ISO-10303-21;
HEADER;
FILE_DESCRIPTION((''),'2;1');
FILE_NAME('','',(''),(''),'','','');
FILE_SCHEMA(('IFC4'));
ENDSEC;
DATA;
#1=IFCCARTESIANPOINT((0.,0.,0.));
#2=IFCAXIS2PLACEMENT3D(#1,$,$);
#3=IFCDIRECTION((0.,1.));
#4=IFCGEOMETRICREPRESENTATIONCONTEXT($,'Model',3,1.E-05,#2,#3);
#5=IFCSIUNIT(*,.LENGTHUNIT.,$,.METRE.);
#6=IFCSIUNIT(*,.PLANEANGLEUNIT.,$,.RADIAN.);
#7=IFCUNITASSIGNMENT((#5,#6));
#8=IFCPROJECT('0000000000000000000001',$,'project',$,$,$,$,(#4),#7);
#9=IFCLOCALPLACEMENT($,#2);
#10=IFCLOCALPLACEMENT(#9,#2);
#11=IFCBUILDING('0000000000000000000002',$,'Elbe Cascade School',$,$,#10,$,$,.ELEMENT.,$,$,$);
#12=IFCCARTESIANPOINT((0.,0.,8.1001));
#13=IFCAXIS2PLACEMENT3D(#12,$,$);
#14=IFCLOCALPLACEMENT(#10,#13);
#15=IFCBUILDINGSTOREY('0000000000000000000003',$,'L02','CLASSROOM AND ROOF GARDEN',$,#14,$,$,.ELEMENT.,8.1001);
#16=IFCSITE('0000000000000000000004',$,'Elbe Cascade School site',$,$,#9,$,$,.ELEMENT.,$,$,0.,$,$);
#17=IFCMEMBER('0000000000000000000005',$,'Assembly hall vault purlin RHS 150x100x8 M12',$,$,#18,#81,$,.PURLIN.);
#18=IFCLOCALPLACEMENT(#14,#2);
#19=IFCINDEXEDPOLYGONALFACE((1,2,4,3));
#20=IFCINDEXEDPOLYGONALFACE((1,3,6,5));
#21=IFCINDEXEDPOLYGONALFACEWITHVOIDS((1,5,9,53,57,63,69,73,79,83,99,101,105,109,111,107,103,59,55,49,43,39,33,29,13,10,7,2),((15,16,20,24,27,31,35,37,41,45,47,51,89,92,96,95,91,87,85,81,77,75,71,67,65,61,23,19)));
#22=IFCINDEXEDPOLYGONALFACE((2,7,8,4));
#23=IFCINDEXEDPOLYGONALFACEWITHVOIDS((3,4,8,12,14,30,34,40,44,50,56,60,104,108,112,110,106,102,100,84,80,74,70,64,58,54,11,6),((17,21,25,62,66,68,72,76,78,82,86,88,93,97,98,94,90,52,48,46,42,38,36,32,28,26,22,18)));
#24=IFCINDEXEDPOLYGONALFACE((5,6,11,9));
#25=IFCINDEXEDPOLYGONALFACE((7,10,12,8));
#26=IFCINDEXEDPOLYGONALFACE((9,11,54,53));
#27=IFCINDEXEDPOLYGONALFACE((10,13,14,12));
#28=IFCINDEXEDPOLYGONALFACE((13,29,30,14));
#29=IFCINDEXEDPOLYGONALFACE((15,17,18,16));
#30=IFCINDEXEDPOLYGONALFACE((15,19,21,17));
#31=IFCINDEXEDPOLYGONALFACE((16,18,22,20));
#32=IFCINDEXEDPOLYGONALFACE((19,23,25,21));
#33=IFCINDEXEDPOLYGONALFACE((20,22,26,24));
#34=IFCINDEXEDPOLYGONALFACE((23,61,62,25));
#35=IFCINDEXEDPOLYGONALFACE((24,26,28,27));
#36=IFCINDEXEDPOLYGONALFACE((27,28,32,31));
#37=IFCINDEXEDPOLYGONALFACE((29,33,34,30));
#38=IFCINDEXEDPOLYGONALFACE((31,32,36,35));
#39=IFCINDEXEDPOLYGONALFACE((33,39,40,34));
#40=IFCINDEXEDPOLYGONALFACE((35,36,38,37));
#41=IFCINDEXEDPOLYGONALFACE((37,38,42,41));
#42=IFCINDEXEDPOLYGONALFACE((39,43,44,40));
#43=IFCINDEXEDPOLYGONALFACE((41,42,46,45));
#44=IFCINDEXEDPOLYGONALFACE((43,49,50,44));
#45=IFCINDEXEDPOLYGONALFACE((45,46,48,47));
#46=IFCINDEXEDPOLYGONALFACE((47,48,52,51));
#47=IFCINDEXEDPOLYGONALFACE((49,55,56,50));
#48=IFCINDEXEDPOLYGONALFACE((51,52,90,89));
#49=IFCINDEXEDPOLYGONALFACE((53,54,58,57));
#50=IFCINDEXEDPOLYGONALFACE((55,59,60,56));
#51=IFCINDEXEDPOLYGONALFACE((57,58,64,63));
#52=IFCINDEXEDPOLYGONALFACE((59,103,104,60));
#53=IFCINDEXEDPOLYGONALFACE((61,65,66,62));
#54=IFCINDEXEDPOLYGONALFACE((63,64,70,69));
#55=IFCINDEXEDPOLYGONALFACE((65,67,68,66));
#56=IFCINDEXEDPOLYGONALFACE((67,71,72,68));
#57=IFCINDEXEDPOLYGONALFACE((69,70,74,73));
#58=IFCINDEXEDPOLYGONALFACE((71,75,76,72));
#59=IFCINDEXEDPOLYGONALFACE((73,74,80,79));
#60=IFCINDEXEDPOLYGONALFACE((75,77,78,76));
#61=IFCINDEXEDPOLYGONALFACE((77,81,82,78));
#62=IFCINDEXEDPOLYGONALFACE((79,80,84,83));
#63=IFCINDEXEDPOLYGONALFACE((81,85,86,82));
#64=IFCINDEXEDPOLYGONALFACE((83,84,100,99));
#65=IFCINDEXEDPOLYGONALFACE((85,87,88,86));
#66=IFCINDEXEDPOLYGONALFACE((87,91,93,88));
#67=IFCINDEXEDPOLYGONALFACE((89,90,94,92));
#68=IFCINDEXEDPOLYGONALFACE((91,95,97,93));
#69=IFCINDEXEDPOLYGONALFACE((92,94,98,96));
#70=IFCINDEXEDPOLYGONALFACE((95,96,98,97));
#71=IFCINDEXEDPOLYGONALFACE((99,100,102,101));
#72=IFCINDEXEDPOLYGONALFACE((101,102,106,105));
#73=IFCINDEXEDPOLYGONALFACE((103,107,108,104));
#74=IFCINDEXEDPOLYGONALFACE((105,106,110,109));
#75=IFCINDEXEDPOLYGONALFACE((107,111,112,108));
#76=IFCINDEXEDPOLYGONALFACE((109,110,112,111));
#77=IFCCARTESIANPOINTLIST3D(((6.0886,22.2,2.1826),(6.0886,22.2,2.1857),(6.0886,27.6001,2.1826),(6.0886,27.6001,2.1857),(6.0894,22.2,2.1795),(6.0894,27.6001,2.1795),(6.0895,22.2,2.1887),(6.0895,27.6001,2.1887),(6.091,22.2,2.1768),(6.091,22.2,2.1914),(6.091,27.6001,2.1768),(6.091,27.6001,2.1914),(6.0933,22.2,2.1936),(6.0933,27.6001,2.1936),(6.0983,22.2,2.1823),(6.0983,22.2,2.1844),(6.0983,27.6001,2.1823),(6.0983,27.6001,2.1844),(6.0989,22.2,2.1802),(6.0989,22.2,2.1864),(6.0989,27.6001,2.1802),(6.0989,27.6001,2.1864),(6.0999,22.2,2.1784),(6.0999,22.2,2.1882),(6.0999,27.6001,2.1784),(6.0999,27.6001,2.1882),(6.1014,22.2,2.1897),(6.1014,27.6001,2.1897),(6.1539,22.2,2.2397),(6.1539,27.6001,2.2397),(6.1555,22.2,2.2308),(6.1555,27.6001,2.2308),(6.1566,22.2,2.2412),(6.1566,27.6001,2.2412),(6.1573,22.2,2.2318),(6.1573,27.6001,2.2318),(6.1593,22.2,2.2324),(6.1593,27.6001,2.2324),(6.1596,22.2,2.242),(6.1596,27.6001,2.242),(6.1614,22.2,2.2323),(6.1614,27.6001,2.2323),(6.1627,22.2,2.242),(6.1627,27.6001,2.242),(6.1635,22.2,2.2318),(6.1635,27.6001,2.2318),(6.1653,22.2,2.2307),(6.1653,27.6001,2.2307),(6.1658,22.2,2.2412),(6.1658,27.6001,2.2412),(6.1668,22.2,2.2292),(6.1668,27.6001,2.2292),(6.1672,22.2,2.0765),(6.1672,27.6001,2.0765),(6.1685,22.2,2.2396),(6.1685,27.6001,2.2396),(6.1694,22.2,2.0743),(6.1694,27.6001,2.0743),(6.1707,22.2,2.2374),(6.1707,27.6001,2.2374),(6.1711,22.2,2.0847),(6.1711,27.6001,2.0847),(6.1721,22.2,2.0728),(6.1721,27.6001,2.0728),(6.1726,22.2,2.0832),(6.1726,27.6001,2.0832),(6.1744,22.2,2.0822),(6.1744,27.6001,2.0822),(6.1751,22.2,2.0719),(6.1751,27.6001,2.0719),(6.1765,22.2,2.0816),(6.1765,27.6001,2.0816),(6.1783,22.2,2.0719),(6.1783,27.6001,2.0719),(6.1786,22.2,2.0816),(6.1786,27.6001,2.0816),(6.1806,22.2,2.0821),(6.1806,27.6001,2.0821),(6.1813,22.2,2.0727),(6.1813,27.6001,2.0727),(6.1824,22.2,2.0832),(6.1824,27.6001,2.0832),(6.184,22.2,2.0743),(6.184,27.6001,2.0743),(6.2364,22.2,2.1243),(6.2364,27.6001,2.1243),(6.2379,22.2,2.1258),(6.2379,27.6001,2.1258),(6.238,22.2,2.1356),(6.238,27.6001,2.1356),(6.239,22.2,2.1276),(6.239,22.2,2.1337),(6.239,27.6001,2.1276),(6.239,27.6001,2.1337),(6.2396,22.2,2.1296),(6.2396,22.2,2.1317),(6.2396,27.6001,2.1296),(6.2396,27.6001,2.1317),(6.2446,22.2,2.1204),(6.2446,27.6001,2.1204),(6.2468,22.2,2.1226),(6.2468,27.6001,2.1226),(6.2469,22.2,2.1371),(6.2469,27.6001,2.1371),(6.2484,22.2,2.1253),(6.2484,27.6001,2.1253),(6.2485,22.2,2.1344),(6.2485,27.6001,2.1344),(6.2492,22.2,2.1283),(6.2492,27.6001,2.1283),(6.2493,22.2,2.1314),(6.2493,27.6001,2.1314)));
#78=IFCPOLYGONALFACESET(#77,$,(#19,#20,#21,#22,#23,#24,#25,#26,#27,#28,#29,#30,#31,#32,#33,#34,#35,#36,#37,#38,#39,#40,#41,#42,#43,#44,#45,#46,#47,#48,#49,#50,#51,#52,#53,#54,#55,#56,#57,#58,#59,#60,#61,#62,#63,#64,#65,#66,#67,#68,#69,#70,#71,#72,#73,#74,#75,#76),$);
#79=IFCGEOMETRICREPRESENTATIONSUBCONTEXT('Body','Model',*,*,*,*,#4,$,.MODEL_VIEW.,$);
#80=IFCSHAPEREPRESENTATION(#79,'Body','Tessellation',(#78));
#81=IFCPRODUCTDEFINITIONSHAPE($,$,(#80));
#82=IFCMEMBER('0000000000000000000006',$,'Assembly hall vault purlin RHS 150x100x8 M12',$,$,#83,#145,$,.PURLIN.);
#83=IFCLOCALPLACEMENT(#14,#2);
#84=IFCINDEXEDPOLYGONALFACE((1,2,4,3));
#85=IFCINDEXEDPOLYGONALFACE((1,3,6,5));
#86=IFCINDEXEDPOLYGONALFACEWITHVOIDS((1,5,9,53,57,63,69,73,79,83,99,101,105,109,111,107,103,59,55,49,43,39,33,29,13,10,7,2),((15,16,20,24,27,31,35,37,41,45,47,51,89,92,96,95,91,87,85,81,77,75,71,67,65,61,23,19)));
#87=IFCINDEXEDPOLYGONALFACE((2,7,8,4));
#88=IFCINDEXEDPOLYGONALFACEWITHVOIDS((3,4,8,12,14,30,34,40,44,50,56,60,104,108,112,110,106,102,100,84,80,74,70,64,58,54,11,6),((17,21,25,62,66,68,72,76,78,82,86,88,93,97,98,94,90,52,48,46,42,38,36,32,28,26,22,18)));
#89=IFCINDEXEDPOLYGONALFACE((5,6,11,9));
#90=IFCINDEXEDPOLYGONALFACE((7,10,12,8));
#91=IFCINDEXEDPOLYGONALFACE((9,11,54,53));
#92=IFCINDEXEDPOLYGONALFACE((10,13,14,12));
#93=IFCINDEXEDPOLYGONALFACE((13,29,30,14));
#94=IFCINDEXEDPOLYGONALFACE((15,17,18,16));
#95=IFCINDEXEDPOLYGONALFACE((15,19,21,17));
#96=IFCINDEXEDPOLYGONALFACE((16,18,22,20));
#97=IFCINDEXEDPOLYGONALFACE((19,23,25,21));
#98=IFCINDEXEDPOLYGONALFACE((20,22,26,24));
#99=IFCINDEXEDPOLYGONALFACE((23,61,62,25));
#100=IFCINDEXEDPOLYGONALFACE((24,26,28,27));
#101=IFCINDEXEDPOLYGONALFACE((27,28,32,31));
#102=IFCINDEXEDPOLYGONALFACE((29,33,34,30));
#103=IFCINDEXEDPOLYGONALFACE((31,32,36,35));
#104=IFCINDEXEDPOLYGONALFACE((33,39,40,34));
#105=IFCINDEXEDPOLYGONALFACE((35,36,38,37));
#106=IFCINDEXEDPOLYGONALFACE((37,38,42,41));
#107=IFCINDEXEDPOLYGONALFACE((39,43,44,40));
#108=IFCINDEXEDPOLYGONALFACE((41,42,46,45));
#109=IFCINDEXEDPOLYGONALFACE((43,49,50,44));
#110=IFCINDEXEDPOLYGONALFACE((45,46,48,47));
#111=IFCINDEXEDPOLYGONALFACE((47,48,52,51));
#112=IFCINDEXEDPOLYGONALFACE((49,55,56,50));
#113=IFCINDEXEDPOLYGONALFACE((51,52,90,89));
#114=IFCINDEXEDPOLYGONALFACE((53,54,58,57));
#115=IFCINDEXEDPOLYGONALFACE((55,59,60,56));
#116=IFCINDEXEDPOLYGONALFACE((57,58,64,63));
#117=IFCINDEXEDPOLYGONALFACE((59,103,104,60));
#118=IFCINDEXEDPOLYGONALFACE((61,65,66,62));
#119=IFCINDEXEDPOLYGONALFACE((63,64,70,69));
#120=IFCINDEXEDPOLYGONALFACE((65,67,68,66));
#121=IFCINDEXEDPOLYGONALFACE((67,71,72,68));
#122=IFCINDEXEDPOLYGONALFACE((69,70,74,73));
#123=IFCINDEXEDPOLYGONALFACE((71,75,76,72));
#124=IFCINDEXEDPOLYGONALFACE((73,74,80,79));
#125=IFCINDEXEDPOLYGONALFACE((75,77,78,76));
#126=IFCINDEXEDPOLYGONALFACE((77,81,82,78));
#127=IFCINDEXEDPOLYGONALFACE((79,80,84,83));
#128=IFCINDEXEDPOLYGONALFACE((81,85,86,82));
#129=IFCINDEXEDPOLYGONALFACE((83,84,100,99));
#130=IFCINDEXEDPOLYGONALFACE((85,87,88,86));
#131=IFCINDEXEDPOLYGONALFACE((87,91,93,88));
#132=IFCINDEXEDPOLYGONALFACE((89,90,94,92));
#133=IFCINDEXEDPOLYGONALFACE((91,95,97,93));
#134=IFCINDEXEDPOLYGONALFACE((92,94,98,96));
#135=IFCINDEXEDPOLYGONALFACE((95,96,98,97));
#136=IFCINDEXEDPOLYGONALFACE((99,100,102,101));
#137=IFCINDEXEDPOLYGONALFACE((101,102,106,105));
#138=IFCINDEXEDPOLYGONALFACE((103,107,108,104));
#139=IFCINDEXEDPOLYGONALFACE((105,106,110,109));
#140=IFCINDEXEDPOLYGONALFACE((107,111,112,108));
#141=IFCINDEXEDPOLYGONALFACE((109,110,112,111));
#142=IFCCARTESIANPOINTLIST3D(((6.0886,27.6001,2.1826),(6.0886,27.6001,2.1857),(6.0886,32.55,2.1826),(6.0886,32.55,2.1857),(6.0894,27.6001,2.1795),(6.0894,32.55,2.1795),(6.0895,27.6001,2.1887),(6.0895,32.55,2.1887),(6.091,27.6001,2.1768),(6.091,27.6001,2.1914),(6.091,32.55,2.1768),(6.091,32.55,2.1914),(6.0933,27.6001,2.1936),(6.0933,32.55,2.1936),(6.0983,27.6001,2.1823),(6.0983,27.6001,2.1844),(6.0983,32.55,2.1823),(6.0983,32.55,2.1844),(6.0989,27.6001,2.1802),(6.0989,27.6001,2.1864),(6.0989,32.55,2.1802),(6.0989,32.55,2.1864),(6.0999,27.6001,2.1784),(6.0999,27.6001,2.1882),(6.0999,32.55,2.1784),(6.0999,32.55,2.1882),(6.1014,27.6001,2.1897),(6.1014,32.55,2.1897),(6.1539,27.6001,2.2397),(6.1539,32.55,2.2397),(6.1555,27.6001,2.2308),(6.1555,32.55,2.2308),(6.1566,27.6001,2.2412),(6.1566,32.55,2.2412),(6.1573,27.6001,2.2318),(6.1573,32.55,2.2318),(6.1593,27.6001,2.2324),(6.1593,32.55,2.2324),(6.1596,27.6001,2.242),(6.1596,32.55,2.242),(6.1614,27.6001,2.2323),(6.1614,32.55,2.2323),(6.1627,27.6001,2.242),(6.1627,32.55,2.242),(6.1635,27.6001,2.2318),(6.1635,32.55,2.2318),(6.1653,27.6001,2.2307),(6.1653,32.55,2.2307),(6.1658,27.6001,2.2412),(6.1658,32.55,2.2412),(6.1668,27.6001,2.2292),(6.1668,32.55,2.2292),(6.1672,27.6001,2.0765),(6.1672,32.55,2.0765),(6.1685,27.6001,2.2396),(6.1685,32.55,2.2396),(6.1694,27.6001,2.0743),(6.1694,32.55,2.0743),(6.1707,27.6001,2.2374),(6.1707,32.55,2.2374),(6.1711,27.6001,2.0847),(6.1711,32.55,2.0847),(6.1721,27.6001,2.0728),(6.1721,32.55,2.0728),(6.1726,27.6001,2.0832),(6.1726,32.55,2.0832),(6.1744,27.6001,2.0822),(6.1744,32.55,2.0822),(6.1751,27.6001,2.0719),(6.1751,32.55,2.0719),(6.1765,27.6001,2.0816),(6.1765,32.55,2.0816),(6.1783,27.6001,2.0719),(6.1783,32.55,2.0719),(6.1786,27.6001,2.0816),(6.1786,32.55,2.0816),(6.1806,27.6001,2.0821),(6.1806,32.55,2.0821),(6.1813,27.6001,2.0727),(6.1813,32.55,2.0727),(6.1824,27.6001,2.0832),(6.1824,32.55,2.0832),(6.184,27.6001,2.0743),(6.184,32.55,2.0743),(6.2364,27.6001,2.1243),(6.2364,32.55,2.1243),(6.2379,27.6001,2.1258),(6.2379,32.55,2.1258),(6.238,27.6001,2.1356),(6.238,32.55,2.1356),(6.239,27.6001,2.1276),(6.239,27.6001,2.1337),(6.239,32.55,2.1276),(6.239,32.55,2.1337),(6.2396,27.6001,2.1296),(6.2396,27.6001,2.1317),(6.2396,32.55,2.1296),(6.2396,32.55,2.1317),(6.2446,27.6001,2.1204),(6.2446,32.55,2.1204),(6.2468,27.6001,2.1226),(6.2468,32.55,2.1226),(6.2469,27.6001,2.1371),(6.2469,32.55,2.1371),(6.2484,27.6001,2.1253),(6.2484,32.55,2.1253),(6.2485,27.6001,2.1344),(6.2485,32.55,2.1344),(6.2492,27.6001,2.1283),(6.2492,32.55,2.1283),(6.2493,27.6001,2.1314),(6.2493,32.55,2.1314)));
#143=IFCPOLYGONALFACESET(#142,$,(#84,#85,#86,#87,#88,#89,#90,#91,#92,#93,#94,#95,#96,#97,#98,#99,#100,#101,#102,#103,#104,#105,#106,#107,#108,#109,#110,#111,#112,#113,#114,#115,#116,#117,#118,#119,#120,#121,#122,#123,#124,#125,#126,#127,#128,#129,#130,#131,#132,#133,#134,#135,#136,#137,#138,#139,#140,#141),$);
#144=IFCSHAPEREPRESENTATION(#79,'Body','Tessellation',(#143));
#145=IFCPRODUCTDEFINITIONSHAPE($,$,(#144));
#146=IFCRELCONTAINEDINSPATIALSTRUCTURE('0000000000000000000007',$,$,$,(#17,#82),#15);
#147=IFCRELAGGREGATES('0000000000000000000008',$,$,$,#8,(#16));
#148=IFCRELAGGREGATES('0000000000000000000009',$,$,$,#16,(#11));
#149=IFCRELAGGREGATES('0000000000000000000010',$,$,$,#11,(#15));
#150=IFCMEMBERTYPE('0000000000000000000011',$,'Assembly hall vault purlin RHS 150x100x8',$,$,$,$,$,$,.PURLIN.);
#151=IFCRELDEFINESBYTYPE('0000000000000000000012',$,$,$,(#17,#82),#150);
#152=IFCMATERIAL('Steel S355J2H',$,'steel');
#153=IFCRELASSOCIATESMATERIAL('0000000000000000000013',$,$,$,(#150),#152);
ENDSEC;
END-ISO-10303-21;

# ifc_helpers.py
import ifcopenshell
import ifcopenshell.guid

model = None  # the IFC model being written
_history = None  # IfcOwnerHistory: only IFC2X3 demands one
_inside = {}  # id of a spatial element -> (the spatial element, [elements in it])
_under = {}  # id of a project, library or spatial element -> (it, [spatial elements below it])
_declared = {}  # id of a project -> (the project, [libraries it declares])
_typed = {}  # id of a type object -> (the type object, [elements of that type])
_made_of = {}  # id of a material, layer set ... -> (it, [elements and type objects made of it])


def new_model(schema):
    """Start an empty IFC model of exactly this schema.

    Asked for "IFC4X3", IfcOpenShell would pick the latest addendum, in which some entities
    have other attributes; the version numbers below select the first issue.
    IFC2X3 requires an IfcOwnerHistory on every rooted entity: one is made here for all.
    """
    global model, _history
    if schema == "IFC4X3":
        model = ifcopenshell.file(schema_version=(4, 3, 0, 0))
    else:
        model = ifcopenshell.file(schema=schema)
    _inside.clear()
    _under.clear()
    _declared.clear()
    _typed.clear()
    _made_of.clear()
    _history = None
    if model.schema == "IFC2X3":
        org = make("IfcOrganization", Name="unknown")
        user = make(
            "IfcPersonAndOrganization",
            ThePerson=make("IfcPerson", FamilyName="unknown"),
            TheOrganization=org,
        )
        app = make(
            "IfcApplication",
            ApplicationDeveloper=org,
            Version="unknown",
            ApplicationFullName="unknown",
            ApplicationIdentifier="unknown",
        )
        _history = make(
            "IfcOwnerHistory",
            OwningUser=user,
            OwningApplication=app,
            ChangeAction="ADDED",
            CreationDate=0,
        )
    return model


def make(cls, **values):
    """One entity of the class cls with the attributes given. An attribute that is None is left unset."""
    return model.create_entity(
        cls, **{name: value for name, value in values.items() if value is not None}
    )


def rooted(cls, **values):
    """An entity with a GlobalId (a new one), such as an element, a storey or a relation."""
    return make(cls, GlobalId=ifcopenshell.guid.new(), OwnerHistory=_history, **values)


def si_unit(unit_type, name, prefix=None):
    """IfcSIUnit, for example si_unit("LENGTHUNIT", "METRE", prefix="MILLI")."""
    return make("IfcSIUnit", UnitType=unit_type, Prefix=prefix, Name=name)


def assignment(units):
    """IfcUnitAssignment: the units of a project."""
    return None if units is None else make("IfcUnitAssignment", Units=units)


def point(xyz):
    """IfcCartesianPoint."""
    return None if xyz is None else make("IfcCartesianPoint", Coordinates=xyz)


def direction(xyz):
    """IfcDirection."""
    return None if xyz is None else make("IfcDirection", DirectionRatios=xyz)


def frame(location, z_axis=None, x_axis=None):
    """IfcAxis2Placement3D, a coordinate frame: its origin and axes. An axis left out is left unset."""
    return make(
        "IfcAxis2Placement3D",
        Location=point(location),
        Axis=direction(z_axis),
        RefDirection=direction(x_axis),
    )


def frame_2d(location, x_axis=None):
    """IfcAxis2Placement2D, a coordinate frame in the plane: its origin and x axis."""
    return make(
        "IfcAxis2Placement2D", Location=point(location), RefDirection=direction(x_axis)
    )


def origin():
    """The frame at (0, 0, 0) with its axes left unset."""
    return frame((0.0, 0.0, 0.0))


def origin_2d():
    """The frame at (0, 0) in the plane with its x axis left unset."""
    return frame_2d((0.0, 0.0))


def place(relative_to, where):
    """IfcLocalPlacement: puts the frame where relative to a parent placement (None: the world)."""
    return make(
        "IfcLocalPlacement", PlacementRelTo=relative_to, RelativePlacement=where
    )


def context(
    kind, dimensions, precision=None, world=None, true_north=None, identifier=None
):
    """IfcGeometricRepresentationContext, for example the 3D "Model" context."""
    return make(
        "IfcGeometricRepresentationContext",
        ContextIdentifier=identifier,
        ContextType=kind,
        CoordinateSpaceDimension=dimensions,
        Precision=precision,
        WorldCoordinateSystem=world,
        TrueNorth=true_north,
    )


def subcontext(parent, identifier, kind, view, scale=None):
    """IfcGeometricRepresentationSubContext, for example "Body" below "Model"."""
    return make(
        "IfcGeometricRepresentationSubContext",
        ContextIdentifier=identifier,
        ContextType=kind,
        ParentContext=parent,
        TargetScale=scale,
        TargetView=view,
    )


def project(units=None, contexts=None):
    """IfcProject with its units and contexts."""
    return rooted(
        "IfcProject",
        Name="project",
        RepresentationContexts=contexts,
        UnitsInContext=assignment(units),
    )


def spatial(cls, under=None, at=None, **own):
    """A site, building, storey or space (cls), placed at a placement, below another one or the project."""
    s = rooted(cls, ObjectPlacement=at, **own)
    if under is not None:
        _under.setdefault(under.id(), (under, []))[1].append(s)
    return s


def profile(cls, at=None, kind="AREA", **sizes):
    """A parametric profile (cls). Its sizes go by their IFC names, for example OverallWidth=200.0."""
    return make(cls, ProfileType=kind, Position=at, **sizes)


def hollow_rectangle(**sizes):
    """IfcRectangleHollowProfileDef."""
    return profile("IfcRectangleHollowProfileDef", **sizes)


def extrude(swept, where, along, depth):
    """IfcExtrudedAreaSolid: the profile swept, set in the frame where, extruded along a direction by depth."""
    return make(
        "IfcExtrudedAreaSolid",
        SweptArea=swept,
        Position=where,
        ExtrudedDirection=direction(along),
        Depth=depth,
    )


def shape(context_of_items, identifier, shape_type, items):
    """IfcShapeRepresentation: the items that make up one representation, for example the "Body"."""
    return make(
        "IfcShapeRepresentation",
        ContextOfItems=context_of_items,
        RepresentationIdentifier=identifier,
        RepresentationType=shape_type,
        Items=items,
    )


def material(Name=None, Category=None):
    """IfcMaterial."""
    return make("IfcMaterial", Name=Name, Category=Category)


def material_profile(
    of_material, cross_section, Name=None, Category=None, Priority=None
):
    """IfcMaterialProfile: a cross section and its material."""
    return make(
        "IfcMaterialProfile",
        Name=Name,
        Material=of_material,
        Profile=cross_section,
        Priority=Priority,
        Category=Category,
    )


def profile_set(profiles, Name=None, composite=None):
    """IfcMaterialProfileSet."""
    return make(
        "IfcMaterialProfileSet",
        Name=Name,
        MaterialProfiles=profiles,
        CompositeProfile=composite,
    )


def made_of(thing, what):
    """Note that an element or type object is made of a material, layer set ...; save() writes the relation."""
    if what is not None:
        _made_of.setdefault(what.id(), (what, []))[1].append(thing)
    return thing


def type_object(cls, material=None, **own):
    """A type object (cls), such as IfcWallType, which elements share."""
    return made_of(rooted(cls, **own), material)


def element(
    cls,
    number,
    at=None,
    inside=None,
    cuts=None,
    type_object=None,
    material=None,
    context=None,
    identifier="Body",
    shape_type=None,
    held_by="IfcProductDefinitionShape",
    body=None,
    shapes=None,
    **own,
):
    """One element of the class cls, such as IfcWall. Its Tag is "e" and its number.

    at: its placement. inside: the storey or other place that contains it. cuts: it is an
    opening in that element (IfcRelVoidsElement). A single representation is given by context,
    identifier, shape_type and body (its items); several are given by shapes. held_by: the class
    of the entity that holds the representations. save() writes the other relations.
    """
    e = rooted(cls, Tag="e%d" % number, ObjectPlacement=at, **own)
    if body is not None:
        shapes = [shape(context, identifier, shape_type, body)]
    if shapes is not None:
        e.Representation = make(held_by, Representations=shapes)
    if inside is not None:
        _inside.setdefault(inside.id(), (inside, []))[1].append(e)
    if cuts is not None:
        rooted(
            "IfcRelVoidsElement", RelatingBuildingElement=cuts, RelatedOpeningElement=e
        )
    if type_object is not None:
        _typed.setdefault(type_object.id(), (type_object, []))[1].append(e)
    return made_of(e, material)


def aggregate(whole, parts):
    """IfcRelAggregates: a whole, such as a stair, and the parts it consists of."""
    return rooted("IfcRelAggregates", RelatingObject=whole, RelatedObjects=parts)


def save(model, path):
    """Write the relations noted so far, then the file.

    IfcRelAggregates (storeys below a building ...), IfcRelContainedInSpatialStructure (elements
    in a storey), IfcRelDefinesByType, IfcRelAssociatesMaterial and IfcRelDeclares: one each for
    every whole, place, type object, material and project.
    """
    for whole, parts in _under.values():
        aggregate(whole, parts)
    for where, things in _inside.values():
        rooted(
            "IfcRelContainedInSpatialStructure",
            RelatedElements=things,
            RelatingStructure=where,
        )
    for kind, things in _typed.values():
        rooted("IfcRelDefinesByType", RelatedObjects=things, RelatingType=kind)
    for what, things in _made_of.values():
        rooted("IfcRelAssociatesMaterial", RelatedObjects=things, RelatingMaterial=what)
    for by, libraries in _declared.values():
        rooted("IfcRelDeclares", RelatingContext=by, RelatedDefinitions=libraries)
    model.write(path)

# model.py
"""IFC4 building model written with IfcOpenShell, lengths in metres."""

from ifc_helpers import new_model, si_unit, direction, frame, origin, origin_2d, place, context, subcontext, project, spatial, hollow_rectangle, extrude, material, material_profile, profile_set, type_object, element, save


model = new_model("IFC4")

# Units and contexts
model_context = context("Model", 3, precision=1e-05, world=origin(), true_north=direction((0.0, 1.0)))
body_context = subcontext(model_context, "Body", "Model", "MODEL_VIEW")
ifc_project = project(units=[si_unit("LENGTHUNIT", "METRE"), si_unit("PLANEANGLEUNIT", "RADIAN")], contexts=[model_context])

# Site, building, storey
site_placement = place(None, origin())
site = spatial("IfcSite", under=ifc_project, at=site_placement, Name="Elbe Cascade School site", CompositionType="ELEMENT", RefElevation=0.0)
building_placement = place(site_placement, origin())
building = spatial("IfcBuilding", under=site, at=building_placement, Name="Elbe Cascade School", CompositionType="ELEMENT")
storey_placement = place(building_placement, frame((0.0, 0.0, 8.1001)))
storey = spatial("IfcBuildingStorey", under=building, at=storey_placement, Name="L02", Description="CLASSROOM AND ROOF GARDEN", CompositionType="ELEMENT", Elevation=8.1001)

# Members
ifc_material_1 = material(Name="Steel S355J2H", Category="steel")
ifc_material_profile_1 = material_profile(ifc_material_1, hollow_rectangle(XDim=0.1001, YDim=0.1499, WallThickness=0.0081, InnerFilletRadius=0.0081, OuterFilletRadius=0.012, at=origin_2d()), Name="RHS 150x100x8")
ifc_profile_set_1 = profile_set([ifc_material_profile_1], Name="Steel S355J2H")
member_type_1 = type_object("IfcMemberType", Name="Assembly hall vault purlin RHS 150x100x8", PredefinedType="PURLIN", material=ifc_profile_set_1)
member_1_placement = place(storey_placement, frame((6.1689, 22.2, 2.157), z_axis=(0.0, 1.0, 0.0), x_axis=(-0.795996, 0.0, -0.605302)))
element("IfcMember", 1, at=member_1_placement, inside=storey, type_object=member_type_1, Name="Assembly hall vault purlin RHS 150x100x8 M12", PredefinedType="PURLIN", context=body_context, shape_type="SweptSolid", body=[
    extrude(hollow_rectangle(XDim=0.1001, YDim=0.1499, WallThickness=0.0081, InnerFilletRadius=0.0081, OuterFilletRadius=0.012, at=origin_2d()), origin(), (0.0, 0.0, 1.0), 5.4001),
])
member_2_placement = place(storey_placement, frame((6.1689, 27.6001, 2.157), z_axis=(0.0, 1.0, 0.0), x_axis=(-0.795996, 0.0, -0.605302)))
element("IfcMember", 2, at=member_2_placement, inside=storey, type_object=member_type_1, Name="Assembly hall vault purlin RHS 150x100x8 M12", PredefinedType="PURLIN", context=body_context, shape_type="SweptSolid", body=[
    extrude(hollow_rectangle(XDim=0.1001, YDim=0.1499, WallThickness=0.0081, InnerFilletRadius=0.0081, OuterFilletRadius=0.012, at=origin_2d()), origin(), (0.0, 0.0, 1.0), 4.95),
])

save(model, "model.ifc")
